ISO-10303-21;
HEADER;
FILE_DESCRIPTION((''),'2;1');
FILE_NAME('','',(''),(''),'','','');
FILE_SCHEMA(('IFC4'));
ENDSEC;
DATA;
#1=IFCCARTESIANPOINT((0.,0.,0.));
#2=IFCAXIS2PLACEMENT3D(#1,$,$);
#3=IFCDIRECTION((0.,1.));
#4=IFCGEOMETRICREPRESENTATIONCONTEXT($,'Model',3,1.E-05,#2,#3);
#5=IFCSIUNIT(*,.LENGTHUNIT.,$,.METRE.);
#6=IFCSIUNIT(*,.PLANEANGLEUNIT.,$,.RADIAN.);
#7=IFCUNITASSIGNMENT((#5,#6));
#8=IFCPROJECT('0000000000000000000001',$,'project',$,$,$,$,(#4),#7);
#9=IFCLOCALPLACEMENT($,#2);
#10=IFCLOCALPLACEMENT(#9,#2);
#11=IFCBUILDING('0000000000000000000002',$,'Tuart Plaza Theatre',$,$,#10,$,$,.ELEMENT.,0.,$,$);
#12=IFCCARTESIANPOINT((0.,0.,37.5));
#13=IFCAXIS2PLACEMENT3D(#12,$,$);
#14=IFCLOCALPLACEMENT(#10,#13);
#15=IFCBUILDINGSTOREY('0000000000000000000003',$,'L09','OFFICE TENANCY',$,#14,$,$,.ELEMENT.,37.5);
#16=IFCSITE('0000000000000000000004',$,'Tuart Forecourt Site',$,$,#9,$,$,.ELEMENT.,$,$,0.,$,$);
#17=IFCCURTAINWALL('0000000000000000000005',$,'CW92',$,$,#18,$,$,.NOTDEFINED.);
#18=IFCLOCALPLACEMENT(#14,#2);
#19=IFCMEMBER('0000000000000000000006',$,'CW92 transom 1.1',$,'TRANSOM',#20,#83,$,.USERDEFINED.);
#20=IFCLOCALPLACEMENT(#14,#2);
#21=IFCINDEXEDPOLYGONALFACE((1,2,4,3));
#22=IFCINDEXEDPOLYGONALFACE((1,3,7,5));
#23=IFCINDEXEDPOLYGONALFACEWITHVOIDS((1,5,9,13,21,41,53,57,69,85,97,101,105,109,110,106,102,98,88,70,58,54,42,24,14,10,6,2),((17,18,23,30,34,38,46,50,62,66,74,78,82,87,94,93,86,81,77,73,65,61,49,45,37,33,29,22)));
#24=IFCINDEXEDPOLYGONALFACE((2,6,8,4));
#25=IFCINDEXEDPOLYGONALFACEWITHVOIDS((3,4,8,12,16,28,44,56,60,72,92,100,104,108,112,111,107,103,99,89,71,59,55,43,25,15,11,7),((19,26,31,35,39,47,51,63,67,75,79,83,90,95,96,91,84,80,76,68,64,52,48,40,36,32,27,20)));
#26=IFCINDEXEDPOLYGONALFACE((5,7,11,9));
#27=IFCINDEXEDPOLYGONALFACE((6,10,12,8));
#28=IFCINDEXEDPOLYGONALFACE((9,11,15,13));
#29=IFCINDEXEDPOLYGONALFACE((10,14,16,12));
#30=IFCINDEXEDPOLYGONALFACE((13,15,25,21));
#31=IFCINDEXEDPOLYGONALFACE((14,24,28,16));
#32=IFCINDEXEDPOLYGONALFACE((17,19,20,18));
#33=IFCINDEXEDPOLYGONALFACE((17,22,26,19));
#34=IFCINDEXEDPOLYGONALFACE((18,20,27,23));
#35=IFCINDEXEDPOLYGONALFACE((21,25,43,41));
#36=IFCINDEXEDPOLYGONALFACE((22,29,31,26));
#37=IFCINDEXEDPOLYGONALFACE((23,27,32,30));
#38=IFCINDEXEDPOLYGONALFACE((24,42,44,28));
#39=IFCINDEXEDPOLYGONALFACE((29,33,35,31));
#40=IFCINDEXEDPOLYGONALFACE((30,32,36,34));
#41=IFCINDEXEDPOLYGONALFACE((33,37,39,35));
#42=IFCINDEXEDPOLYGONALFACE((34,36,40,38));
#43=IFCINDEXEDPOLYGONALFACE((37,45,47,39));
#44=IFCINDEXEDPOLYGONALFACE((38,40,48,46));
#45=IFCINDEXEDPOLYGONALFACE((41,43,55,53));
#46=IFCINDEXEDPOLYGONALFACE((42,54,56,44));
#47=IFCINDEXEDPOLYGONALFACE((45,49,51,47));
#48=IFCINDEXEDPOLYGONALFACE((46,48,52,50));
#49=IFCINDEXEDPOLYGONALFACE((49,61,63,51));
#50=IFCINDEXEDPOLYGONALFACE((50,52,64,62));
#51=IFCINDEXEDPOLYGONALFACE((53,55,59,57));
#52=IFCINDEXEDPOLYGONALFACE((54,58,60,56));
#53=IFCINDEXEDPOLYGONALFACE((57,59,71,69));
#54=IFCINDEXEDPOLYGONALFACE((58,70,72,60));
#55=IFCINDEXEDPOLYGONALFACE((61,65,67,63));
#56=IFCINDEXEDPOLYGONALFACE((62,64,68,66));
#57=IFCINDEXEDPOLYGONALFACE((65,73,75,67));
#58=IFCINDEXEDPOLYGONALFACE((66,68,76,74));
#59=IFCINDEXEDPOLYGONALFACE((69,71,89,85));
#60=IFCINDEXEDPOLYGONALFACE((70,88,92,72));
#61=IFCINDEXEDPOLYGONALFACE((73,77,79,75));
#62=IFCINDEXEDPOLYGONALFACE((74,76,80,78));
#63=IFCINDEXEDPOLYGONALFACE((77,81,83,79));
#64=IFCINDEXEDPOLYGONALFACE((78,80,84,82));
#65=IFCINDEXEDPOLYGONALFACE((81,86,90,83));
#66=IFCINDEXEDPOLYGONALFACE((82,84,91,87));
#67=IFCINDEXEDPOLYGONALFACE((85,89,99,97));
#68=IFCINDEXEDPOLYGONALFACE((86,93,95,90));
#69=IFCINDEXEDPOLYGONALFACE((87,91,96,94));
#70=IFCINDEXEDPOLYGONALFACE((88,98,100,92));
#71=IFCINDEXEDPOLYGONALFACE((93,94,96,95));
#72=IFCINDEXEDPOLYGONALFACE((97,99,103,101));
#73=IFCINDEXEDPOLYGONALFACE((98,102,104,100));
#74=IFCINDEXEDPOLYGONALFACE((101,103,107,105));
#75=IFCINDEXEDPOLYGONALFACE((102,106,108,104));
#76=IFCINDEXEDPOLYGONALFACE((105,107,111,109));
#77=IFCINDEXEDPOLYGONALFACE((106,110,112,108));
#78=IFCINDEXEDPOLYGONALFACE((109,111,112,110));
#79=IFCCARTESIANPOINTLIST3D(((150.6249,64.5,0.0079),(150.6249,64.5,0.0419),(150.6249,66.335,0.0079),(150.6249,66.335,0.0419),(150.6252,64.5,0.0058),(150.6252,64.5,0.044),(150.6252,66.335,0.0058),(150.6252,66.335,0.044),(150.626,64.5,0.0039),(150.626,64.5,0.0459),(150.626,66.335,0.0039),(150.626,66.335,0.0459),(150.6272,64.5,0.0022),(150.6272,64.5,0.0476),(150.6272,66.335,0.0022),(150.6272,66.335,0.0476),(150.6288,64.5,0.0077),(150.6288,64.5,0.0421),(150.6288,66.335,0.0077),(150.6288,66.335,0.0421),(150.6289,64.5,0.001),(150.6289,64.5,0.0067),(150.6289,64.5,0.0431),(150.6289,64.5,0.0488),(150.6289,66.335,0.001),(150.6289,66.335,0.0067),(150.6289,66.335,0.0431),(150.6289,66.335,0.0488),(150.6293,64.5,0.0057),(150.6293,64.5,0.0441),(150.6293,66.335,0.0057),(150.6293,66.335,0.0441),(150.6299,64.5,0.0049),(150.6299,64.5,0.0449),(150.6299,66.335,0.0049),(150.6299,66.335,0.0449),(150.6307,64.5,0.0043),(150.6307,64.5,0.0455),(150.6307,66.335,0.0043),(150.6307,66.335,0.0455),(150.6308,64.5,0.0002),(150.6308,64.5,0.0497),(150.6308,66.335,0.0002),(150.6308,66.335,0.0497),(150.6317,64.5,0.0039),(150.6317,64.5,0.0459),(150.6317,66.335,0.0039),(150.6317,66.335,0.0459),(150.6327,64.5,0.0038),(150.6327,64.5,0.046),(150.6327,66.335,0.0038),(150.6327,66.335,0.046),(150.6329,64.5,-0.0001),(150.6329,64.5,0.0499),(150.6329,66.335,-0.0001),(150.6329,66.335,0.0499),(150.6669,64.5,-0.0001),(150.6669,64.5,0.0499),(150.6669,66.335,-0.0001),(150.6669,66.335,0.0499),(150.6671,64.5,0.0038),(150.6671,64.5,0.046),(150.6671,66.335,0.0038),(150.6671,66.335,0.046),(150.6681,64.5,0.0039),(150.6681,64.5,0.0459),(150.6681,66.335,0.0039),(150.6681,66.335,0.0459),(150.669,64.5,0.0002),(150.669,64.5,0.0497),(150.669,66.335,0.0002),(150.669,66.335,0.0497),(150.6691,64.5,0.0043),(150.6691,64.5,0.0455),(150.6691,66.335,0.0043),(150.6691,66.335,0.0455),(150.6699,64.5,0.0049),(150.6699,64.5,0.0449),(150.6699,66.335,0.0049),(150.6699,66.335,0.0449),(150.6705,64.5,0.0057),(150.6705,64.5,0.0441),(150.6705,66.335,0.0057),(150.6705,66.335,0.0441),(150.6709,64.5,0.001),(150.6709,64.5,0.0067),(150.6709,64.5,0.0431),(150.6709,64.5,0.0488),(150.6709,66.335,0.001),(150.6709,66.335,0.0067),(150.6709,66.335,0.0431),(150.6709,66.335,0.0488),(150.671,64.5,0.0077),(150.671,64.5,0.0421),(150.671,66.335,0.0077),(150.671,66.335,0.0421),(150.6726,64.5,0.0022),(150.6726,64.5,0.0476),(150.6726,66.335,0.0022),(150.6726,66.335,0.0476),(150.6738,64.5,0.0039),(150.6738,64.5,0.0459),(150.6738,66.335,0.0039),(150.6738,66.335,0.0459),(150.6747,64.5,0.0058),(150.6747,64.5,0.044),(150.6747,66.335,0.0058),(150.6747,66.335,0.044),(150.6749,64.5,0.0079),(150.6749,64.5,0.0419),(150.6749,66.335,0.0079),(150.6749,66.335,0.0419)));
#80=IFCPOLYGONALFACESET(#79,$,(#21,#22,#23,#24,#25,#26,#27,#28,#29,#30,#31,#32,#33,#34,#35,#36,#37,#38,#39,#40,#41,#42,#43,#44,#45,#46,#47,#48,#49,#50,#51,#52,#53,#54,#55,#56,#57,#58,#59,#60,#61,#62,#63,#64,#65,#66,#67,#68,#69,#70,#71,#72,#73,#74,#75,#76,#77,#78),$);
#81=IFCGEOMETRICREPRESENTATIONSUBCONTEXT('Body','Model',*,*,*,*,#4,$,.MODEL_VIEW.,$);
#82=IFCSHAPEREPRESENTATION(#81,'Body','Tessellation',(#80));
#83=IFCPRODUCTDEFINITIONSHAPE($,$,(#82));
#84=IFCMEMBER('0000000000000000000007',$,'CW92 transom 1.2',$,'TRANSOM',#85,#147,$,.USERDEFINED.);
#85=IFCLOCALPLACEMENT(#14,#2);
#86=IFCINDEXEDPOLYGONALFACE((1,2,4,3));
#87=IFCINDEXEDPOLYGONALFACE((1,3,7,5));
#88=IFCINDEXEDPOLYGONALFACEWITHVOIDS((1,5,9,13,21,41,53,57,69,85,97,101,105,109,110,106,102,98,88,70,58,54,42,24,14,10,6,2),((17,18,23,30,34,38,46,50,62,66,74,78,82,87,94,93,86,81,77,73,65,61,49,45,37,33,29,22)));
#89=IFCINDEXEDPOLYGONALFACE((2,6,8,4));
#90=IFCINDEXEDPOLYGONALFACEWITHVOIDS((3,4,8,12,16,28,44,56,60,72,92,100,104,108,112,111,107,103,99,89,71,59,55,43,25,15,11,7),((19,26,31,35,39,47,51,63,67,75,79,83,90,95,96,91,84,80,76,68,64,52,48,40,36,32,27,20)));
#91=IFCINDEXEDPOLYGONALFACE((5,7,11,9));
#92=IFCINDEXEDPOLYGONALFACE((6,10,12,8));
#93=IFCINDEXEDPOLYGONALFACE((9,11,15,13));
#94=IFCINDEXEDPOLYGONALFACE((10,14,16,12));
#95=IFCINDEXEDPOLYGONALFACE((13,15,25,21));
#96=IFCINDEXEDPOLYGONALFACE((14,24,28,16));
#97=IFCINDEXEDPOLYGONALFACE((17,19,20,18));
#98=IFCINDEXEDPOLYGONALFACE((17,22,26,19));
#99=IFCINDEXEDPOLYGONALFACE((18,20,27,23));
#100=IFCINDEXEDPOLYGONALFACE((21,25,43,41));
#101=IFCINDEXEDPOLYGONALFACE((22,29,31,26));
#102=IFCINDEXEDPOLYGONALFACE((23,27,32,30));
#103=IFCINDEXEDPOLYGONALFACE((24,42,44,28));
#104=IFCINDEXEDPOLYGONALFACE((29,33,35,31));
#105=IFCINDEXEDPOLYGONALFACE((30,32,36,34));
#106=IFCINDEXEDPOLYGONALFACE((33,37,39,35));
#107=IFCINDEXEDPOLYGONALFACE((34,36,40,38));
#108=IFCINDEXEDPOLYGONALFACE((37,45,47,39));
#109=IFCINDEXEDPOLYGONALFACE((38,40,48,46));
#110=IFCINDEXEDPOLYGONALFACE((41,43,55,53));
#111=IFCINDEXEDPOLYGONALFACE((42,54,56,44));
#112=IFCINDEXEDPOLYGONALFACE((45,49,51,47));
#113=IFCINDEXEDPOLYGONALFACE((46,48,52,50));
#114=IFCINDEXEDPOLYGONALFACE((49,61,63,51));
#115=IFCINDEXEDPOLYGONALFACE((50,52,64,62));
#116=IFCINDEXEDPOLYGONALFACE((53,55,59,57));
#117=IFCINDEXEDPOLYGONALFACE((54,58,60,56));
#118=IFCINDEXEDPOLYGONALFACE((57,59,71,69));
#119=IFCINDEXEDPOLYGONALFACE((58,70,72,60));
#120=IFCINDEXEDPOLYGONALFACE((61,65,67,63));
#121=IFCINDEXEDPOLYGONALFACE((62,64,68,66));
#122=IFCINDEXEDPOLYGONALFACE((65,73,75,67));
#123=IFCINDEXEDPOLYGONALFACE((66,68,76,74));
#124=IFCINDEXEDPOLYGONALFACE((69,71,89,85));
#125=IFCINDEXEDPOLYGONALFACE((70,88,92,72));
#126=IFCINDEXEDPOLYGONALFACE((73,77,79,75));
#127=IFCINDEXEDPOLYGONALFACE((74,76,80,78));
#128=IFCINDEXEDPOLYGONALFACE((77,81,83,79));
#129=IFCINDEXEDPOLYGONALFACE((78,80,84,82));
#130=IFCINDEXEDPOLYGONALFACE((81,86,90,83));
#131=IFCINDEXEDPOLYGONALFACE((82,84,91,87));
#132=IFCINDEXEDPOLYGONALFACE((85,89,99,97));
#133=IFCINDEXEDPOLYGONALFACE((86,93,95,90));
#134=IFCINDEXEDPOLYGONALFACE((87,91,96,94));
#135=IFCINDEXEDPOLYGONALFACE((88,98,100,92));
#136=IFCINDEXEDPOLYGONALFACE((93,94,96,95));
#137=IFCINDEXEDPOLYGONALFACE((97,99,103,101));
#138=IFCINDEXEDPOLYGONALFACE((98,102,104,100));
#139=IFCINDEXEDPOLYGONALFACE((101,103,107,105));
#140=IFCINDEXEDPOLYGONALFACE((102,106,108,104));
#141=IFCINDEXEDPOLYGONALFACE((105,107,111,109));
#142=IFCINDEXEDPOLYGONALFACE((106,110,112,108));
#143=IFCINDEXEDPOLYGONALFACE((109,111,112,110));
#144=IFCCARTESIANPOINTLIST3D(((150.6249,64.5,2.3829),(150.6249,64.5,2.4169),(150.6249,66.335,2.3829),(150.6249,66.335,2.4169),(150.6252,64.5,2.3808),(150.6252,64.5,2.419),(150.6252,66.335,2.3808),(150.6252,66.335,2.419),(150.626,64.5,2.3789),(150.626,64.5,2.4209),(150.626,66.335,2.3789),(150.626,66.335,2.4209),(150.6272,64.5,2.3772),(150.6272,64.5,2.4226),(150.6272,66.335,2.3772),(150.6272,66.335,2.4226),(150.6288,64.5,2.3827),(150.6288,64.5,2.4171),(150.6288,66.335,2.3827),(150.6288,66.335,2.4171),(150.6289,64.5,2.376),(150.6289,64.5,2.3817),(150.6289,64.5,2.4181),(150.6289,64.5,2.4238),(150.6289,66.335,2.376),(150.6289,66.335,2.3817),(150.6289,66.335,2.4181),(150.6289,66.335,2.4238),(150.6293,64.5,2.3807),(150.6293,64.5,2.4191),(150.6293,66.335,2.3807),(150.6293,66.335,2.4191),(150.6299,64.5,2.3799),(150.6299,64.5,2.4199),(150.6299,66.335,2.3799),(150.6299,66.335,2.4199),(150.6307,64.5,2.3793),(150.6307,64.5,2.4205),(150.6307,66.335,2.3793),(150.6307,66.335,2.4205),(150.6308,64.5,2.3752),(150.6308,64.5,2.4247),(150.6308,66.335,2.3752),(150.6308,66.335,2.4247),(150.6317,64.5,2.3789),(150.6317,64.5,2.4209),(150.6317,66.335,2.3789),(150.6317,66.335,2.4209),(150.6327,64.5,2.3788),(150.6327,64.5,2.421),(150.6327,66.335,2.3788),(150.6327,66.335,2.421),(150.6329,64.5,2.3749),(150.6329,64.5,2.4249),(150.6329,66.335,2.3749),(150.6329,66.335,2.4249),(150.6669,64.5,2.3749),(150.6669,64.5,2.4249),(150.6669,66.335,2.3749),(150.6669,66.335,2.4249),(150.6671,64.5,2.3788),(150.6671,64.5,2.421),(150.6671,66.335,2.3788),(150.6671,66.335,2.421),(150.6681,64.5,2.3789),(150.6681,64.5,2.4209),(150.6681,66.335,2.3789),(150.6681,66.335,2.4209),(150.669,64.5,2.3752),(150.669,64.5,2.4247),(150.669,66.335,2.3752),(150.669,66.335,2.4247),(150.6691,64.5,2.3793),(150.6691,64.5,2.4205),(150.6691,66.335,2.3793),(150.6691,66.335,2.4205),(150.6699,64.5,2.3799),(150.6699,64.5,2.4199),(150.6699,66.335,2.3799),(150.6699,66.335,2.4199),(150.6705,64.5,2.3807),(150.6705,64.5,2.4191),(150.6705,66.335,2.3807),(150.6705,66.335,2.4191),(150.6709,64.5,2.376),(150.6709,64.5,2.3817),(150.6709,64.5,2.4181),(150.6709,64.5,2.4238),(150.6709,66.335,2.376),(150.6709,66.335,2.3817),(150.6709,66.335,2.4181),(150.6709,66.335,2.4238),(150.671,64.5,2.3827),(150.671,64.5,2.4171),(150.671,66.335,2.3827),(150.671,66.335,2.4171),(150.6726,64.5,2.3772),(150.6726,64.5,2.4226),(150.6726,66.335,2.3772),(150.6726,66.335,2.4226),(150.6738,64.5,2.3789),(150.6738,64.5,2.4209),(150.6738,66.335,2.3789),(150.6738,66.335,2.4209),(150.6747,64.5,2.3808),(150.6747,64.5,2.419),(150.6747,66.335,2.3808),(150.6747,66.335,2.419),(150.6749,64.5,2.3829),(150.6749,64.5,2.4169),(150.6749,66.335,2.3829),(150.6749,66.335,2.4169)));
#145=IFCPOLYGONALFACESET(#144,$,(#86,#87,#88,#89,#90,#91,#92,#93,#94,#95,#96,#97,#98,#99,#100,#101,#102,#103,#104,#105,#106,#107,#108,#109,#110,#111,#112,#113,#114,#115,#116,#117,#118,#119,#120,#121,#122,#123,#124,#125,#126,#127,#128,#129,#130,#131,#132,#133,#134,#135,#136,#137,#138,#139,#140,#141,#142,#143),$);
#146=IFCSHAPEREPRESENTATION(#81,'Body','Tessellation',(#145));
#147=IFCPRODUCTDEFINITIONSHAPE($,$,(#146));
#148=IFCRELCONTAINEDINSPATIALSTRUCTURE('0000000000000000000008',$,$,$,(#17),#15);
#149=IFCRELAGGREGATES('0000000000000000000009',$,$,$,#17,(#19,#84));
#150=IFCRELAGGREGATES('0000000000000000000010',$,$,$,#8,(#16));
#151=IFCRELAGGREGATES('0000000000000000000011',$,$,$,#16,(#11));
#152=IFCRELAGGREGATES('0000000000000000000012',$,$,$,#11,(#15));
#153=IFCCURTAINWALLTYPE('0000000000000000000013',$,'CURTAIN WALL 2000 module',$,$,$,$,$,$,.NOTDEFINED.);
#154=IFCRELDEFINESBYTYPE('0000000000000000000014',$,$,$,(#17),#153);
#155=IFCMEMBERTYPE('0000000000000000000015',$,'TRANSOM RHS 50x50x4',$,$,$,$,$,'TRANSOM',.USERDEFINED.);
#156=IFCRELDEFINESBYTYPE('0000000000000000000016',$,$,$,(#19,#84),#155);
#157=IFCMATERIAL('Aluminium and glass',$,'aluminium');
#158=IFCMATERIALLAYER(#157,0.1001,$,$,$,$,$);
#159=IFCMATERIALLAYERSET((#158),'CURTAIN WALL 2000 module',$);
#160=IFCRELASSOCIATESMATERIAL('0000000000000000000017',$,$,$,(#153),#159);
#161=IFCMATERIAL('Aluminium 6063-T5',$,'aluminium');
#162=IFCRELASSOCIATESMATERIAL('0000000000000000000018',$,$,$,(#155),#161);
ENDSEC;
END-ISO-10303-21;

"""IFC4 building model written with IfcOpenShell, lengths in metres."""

from ifc_helpers import new_model, si_unit, direction, frame, origin, origin_2d, place, context, subcontext, project, spatial, hollow_rectangle, extrude, material, layer, layer_set, material_profile, profile_set, type_object, element, aggregate, save


model = new_model("IFC4")

# Units and contexts
model_context = context("Model", 3, precision=1e-05, world=origin(), true_north=direction((0.0, 1.0)))
body_context = subcontext(model_context, "Body", "Model", "MODEL_VIEW")
ifc_project = project(units=[si_unit("LENGTHUNIT", "METRE"), si_unit("PLANEANGLEUNIT", "RADIAN")], contexts=[model_context])

# Site, building, storey
site_placement = place(None, origin())
site = spatial("IfcSite", under=ifc_project, at=site_placement, Name="Tuart Forecourt Site", CompositionType="ELEMENT", RefElevation=0.0)
building_placement = place(site_placement, origin())
building = spatial("IfcBuilding", under=site, at=building_placement, Name="Tuart Plaza Theatre", CompositionType="ELEMENT", ElevationOfRefHeight=0.0)
storey_placement = place(building_placement, frame((0.0, 0.0, 37.5)))
storey = spatial("IfcBuildingStorey", under=building, at=storey_placement, Name="L09", Description="OFFICE TENANCY", CompositionType="ELEMENT", Elevation=37.5)

# Shared definitions
ifc_material_1 = material(Name="Aluminium and glass", Category="aluminium")
ifc_layer_1 = layer(ifc_material_1, 0.1001)
ifc_layer_set_1 = layer_set([ifc_layer_1], Name="CURTAIN WALL 2000 module")
curtain_wall_type = type_object("IfcCurtainWallType", Name="CURTAIN WALL 2000 module", PredefinedType="NOTDEFINED", material=ifc_layer_set_1)

# Curtain wall
curtain_wall_1_placement = place(storey_placement, origin())
curtain_wall_1 = element("IfcCurtainWall", 1, at=curtain_wall_1_placement, inside=storey, type_object=curtain_wall_type, Name="CW92", PredefinedType="NOTDEFINED")

# Members
ifc_material_2 = material(Name="Aluminium 6063-T5", Category="aluminium")
ifc_material_profile_1 = material_profile(ifc_material_2, hollow_rectangle(XDim=0.05, YDim=0.05, WallThickness=0.0039, InnerFilletRadius=0.0039, OuterFilletRadius=0.0081, at=origin_2d()), Name="RHS 50x50x4")
ifc_profile_set_1 = profile_set([ifc_material_profile_1], Name="Aluminium 6063-T5")
member_type_1 = type_object("IfcMemberType", Name="TRANSOM RHS 50x50x4", ElementType="TRANSOM", PredefinedType="USERDEFINED", material=ifc_profile_set_1)
member_1_placement = place(storey_placement, frame((150.6499, 64.5, 0.0249), z_axis=(0.0, 1.0, 0.0), x_axis=(-1.0, 0.0, 0.0)))
member_1 = element("IfcMember", 2, at=member_1_placement, type_object=member_type_1, Name="CW92 transom 1.1", ObjectType="TRANSOM", PredefinedType="USERDEFINED", context=body_context, shape_type="SweptSolid", body=[
    extrude(hollow_rectangle(XDim=0.05, YDim=0.05, WallThickness=0.0039, InnerFilletRadius=0.0039, OuterFilletRadius=0.0081, at=origin_2d()), origin(), (0.0, 0.0, 1.0), 1.835),
])
member_2_placement = place(storey_placement, frame((150.6499, 64.5, 2.3999), z_axis=(0.0, 1.0, 0.0), x_axis=(-1.0, 0.0, 0.0)))
member_2 = element("IfcMember", 3, at=member_2_placement, type_object=member_type_1, Name="CW92 transom 1.2", ObjectType="TRANSOM", PredefinedType="USERDEFINED", context=body_context, shape_type="SweptSolid", body=[
    extrude(hollow_rectangle(XDim=0.05, YDim=0.05, WallThickness=0.0039, InnerFilletRadius=0.0039, OuterFilletRadius=0.0081, at=origin_2d()), origin(), (0.0, 0.0, 1.0), 1.835),
])

aggregate(curtain_wall_1, [member_1, member_2])

save(model, "model.ifc")
